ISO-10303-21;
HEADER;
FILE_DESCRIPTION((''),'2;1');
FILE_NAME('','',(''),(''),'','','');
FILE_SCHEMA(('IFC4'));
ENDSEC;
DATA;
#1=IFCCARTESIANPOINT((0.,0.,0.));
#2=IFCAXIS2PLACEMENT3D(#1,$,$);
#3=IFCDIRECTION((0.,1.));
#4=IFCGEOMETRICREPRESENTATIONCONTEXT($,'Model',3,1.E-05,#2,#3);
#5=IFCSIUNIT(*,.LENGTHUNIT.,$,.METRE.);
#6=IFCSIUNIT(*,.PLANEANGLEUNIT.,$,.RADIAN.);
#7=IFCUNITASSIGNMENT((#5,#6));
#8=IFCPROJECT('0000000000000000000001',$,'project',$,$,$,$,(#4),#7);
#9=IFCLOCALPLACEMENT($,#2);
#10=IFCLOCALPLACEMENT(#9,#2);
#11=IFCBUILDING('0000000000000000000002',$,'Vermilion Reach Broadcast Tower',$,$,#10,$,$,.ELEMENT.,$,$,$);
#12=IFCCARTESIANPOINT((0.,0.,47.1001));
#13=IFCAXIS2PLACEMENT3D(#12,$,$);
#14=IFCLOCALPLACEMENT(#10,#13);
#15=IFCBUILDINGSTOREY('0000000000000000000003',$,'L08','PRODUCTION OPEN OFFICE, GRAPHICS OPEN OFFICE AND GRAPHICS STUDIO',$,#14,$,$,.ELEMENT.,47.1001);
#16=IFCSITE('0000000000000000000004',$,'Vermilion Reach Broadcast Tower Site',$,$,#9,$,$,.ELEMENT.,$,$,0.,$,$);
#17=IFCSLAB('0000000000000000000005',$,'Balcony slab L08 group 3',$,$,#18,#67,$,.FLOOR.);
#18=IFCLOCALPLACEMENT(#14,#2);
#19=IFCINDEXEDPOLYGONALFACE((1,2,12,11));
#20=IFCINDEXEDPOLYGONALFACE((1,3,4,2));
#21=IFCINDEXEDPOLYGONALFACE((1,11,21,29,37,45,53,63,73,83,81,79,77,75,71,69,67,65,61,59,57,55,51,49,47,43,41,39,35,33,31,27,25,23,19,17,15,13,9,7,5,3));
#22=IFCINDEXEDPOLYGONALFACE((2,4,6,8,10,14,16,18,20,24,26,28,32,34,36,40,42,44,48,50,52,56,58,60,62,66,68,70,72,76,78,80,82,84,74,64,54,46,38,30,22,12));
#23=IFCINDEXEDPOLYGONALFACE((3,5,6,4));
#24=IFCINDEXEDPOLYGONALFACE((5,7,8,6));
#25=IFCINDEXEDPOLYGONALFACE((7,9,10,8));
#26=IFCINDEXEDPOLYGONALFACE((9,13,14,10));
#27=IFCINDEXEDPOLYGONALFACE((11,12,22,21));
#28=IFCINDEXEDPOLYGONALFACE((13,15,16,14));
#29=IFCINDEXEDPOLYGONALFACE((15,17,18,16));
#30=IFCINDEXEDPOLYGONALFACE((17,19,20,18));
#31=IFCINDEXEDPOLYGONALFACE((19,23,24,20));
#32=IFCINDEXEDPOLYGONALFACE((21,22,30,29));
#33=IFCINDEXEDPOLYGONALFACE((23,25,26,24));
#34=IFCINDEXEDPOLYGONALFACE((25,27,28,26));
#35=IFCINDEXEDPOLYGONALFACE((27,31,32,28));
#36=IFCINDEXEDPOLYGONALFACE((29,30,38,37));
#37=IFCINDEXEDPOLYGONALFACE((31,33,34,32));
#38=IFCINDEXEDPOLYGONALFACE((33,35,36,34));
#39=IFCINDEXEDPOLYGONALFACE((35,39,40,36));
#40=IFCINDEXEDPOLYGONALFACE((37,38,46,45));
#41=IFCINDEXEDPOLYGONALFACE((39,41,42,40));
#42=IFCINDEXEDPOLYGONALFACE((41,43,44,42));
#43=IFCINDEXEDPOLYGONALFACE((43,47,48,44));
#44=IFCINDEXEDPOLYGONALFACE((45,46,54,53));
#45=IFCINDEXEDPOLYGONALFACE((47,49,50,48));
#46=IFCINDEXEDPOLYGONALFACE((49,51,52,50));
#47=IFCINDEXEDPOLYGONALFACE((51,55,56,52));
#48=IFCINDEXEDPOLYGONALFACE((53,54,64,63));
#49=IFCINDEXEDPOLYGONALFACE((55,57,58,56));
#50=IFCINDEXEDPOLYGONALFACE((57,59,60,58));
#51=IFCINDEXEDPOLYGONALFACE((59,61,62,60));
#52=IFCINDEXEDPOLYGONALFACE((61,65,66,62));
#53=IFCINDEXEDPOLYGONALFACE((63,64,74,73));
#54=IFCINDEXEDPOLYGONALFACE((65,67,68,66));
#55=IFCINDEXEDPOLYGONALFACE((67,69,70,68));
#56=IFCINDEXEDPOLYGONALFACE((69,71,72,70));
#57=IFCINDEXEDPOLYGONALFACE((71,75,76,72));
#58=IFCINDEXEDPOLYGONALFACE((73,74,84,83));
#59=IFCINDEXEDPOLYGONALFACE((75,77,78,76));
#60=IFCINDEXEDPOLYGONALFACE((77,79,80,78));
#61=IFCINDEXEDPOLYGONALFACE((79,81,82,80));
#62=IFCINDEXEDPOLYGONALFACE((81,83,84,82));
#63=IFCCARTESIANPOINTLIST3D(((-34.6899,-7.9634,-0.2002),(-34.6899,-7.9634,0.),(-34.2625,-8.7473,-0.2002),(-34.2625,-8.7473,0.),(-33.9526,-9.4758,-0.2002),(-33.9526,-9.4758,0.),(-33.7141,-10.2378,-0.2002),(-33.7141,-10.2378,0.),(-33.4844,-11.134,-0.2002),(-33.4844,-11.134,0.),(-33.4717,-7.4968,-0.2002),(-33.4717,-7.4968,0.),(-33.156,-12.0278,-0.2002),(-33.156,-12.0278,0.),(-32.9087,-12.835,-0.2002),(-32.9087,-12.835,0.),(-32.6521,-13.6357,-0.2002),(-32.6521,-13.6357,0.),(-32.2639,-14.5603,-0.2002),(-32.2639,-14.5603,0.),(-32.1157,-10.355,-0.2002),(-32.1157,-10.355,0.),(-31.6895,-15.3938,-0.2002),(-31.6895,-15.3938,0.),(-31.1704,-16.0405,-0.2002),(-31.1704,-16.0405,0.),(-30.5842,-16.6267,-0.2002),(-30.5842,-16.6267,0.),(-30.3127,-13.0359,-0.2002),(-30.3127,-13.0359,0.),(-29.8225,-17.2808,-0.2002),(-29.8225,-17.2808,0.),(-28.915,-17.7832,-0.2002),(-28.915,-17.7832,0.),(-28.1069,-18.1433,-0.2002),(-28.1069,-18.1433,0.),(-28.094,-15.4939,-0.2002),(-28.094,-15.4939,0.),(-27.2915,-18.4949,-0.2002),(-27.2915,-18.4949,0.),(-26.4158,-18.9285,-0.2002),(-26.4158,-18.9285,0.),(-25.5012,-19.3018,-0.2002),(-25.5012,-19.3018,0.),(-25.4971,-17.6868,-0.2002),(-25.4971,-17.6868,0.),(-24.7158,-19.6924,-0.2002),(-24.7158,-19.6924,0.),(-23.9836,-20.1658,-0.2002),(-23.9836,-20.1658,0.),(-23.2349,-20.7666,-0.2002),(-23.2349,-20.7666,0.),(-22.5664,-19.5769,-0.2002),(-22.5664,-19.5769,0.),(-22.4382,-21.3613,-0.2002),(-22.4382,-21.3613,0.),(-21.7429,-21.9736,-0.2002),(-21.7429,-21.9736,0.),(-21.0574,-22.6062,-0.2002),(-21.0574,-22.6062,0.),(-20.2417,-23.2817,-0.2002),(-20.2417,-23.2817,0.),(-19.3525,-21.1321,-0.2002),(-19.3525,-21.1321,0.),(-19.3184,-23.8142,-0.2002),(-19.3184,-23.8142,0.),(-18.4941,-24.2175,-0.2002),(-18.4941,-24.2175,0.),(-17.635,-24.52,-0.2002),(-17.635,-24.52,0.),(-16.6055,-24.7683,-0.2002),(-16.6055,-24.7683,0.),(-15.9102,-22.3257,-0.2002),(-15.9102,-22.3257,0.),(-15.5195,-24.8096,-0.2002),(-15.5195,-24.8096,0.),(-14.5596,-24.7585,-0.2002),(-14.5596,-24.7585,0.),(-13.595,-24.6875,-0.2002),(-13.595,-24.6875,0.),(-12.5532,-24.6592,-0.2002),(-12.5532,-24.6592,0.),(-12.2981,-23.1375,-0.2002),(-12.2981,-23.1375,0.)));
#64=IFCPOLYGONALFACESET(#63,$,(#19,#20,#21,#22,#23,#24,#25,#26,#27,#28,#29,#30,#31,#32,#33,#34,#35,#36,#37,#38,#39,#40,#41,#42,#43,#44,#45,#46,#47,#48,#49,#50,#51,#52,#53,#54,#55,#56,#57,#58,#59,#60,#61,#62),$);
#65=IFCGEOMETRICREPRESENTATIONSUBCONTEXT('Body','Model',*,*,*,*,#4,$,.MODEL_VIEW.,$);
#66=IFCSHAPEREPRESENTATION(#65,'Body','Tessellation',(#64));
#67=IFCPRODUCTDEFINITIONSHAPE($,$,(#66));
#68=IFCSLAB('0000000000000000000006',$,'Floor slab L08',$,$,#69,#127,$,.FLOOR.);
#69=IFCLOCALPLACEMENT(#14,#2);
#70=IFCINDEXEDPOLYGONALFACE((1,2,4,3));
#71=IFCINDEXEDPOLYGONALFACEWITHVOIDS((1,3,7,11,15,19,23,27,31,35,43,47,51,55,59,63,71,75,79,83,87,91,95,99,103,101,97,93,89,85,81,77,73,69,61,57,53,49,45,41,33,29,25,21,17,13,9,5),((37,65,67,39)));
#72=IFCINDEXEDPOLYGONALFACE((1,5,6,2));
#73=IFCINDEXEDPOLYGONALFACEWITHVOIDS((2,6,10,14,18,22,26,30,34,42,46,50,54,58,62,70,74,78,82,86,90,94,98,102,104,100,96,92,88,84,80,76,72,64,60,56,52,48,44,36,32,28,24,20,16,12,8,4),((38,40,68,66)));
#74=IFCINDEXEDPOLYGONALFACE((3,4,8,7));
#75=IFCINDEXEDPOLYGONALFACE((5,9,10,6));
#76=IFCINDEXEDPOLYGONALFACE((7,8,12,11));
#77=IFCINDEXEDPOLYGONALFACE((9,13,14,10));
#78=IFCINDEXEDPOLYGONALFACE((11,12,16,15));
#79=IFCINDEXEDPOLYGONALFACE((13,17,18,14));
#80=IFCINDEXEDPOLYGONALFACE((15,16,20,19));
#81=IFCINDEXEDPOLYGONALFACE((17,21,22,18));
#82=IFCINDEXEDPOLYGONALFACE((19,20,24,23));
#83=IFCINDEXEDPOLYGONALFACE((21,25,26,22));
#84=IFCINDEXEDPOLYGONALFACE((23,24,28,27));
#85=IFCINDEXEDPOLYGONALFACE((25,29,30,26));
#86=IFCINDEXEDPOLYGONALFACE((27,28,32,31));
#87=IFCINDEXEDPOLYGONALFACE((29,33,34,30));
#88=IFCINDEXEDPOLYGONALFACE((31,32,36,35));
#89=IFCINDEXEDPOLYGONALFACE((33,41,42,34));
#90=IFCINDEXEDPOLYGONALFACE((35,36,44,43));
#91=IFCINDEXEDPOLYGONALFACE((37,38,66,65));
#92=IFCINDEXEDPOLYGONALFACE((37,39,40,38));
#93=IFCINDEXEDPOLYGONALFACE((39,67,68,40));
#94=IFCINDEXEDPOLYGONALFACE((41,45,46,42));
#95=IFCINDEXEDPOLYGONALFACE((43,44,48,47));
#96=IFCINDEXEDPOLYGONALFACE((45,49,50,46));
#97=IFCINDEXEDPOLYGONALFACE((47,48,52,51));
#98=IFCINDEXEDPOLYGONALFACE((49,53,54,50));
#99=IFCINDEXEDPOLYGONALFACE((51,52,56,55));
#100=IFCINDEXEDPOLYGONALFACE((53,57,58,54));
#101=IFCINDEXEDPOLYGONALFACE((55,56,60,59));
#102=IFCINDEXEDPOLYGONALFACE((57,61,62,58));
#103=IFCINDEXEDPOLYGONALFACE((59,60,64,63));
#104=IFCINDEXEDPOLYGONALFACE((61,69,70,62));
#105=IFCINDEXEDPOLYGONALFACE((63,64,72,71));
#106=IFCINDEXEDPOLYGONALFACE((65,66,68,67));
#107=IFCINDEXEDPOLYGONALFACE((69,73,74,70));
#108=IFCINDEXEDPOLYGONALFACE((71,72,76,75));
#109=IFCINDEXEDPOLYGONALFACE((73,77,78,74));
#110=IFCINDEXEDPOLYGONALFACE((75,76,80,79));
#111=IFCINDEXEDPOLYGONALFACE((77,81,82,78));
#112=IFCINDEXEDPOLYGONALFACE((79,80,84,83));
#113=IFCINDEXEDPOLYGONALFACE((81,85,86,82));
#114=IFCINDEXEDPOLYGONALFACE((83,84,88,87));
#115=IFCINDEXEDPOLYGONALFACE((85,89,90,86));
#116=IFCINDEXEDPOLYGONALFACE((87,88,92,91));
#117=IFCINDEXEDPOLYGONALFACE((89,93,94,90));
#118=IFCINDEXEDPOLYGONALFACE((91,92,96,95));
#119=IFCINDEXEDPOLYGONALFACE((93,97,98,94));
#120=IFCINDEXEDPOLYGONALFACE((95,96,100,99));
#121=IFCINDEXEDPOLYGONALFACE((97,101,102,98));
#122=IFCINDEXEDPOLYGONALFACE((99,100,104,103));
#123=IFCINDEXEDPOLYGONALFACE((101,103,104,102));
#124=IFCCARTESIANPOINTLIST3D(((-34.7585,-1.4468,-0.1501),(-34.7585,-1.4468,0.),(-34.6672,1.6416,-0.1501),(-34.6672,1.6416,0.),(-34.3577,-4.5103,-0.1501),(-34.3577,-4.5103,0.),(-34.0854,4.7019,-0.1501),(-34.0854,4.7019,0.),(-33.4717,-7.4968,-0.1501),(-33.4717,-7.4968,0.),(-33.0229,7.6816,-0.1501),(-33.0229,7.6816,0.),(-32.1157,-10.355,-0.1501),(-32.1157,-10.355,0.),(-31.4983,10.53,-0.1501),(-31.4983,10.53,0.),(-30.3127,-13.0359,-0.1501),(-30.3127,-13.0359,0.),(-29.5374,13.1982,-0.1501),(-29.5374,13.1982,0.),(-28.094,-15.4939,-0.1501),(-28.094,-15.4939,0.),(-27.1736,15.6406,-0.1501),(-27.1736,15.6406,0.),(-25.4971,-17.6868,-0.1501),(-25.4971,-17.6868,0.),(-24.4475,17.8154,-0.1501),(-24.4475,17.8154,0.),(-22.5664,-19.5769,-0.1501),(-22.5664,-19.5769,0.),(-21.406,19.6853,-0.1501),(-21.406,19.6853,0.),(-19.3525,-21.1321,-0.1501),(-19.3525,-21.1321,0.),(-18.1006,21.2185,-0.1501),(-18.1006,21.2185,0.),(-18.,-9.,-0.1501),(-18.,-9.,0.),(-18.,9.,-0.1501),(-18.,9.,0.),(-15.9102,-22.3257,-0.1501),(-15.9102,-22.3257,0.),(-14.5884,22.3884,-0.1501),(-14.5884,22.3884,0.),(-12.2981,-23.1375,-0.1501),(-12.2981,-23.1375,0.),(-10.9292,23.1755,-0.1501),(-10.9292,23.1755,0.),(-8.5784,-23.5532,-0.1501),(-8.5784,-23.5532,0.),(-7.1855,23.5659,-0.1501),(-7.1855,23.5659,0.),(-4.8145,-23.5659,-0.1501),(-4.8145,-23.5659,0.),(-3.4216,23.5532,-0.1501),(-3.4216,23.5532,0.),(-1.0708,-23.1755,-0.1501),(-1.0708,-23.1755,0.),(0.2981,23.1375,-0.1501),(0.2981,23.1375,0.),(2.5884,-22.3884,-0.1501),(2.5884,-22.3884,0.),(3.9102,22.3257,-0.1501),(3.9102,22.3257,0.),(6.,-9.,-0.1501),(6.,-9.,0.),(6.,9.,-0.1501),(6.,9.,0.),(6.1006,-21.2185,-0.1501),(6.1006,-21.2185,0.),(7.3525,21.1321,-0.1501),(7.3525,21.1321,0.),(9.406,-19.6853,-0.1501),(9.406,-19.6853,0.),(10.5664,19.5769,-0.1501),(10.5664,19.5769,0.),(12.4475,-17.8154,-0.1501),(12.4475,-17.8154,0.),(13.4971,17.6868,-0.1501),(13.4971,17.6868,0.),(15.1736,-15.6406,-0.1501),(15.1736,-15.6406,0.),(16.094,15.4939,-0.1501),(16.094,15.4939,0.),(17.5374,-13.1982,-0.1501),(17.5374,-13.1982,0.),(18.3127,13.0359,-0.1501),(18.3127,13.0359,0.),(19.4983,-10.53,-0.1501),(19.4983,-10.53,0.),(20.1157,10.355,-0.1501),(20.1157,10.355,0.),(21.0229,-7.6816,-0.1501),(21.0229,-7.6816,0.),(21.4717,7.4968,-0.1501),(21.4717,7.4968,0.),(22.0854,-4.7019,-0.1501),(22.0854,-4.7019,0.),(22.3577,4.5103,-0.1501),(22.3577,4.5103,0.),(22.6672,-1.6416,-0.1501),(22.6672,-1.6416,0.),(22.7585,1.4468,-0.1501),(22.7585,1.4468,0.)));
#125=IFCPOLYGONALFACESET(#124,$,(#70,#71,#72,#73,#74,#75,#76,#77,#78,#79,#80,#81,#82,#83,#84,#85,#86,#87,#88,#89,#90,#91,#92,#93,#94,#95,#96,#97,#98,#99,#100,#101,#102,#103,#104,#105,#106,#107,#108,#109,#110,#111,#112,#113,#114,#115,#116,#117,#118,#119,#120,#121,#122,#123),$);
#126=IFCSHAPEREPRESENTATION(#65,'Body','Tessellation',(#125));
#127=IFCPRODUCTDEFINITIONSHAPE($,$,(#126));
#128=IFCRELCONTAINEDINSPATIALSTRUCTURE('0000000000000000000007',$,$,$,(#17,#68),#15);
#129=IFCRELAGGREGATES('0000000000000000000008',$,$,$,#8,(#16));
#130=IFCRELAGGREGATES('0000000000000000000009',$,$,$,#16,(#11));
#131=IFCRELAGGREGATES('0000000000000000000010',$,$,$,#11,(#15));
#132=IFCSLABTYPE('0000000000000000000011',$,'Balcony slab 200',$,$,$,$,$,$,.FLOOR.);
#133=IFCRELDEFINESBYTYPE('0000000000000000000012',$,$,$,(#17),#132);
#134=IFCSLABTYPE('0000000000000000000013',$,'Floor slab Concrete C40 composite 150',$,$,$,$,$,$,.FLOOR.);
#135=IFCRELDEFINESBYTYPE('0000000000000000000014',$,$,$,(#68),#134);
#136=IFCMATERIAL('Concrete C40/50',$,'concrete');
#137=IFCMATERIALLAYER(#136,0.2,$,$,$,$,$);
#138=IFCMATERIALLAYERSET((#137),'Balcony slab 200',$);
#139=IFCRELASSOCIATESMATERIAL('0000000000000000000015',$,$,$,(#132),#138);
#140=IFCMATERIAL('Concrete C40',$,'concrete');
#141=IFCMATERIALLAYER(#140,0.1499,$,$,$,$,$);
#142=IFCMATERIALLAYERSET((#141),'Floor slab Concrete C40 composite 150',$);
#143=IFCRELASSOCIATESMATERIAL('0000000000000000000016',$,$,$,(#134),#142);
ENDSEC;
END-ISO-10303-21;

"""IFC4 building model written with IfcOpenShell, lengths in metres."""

from ifc_helpers import new_model, si_unit, direction, frame, origin, place, context, subcontext, project, spatial, polyline, outline, extrude, material, layer, layer_set, type_object, element, save


model = new_model("IFC4")

# Units and contexts
model_context = context("Model", 3, precision=1e-05, world=origin(), true_north=direction((0.0, 1.0)))
body_context = subcontext(model_context, "Body", "Model", "MODEL_VIEW")
ifc_project = project(units=[si_unit("LENGTHUNIT", "METRE"), si_unit("PLANEANGLEUNIT", "RADIAN")], contexts=[model_context])

# Site, building, storey
site_placement = place(None, origin())
site = spatial("IfcSite", under=ifc_project, at=site_placement, Name="Vermilion Reach Broadcast Tower Site", CompositionType="ELEMENT", RefElevation=0.0)
building_placement = place(site_placement, origin())
building = spatial("IfcBuilding", under=site, at=building_placement, Name="Vermilion Reach Broadcast Tower", CompositionType="ELEMENT")
storey_placement = place(building_placement, frame((0.0, 0.0, 47.1001)))
storey = spatial("IfcBuildingStorey", under=building, at=storey_placement, Name="L08", Description="PRODUCTION OPEN OFFICE, GRAPHICS OPEN OFFICE AND GRAPHICS STUDIO", CompositionType="ELEMENT", Elevation=47.1001)

# Slabs
ifc_material_1 = material(Name="Concrete C40/50", Category="concrete")
ifc_layer_1 = layer(ifc_material_1, 0.2)
ifc_layer_set_1 = layer_set([ifc_layer_1], Name="Balcony slab 200")
slab_type_1 = type_object("IfcSlabType", Name="Balcony slab 200", PredefinedType="FLOOR", material=ifc_layer_set_1)
placement = place(storey_placement, frame((0.0, 0.0, -0.2002)))
element("IfcSlab", 1, at=placement, inside=storey, type_object=slab_type_1, Name="Balcony slab L08 group 3", PredefinedType="FLOOR", context=body_context, shape_type="SweptSolid", body=[
    extrude(outline(polyline([(-33.4717, -7.4968), (-32.1157, -10.355), (-30.3127, -13.0359), (-28.094, -15.4939), (-25.4971, -17.6868), (-22.5664, -19.5769), (-19.3525, -21.1321), (-15.9102, -22.3257), (-12.2981, -23.1375), (-12.5532, -24.6592), (-13.595, -24.6875), (-14.5596, -24.7585), (-15.5195, -24.8096), (-16.6055, -24.7683), (-17.635, -24.52), (-18.4941, -24.2175), (-19.3184, -23.8142), (-20.2417, -23.2817), (-21.0574, -22.6062), (-21.7429, -21.9736), (-22.4382, -21.3613), (-23.2349, -20.7666), (-23.9836, -20.1658), (-24.7158, -19.6924), (-25.5012, -19.3018), (-26.4158, -18.9285), (-27.2915, -18.4949), (-28.1069, -18.1433), (-28.915, -17.7832), (-29.8225, -17.2808), (-30.5842, -16.6267), (-31.1704, -16.0405), (-31.6895, -15.3938), (-32.2639, -14.5603), (-32.6521, -13.6357), (-32.9087, -12.835), (-33.156, -12.0278), (-33.4844, -11.134), (-33.7141, -10.2378), (-33.9526, -9.4758), (-34.2625, -8.7473), (-34.6899, -7.9634), (-33.4717, -7.4968)])), origin(), (0.0, 0.0, 1.0), 0.2002),
])
ifc_material_2 = material(Name="Concrete C40", Category="concrete")
ifc_layer_2 = layer(ifc_material_2, 0.1499)
ifc_layer_set_2 = layer_set([ifc_layer_2], Name="Floor slab Concrete C40 composite 150")
slab_type_2 = type_object("IfcSlabType", Name="Floor slab Concrete C40 composite 150", PredefinedType="FLOOR", material=ifc_layer_set_2)
slab_1_placement = place(storey_placement, frame((0.0, 0.0, -0.1501)))
element("IfcSlab", 2, at=slab_1_placement, inside=storey, type_object=slab_type_2, Name="Floor slab L08", PredefinedType="FLOOR", context=body_context, shape_type="SweptSolid", body=[
    extrude(outline(polyline([(22.7585, 1.4468), (22.3577, 4.5103), (21.4717, 7.4968), (20.1157, 10.355), (18.3127, 13.0359), (16.094, 15.4939), (13.4971, 17.6868), (10.5664, 19.5769), (7.3525, 21.1321), (3.9102, 22.3257), (0.2981, 23.1375), (-3.4216, 23.5532), (-7.1855, 23.5659), (-10.9292, 23.1755), (-14.5884, 22.3884), (-18.1006, 21.2185), (-21.406, 19.6853), (-24.4475, 17.8154), (-27.1736, 15.6406), (-29.5374, 13.1982), (-31.4983, 10.53), (-33.0229, 7.6816), (-34.0854, 4.7019), (-34.6672, 1.6416), (-34.7585, -1.4468), (-34.3577, -4.5103), (-33.4717, -7.4968), (-32.1157, -10.355), (-30.3127, -13.0359), (-28.094, -15.4939), (-25.4971, -17.6868), (-22.5664, -19.5769), (-19.3525, -21.1321), (-15.9102, -22.3257), (-12.2981, -23.1375), (-8.5784, -23.5532), (-4.8145, -23.5659), (-1.0708, -23.1755), (2.5884, -22.3884), (6.1006, -21.2185), (9.406, -19.6853), (12.4475, -17.8154), (15.1736, -15.6406), (17.5374, -13.1982), (19.4983, -10.53), (21.0229, -7.6816), (22.0854, -4.7019), (22.6672, -1.6416), (22.7585, 1.4468)]), holes=[polyline([(-18.0, -9.0), (6.0, -9.0), (6.0, 9.0), (-18.0, 9.0), (-18.0, -9.0)])]), origin(), (0.0, 0.0, 1.0), 0.1501),
])

save(model, "model.ifc")
